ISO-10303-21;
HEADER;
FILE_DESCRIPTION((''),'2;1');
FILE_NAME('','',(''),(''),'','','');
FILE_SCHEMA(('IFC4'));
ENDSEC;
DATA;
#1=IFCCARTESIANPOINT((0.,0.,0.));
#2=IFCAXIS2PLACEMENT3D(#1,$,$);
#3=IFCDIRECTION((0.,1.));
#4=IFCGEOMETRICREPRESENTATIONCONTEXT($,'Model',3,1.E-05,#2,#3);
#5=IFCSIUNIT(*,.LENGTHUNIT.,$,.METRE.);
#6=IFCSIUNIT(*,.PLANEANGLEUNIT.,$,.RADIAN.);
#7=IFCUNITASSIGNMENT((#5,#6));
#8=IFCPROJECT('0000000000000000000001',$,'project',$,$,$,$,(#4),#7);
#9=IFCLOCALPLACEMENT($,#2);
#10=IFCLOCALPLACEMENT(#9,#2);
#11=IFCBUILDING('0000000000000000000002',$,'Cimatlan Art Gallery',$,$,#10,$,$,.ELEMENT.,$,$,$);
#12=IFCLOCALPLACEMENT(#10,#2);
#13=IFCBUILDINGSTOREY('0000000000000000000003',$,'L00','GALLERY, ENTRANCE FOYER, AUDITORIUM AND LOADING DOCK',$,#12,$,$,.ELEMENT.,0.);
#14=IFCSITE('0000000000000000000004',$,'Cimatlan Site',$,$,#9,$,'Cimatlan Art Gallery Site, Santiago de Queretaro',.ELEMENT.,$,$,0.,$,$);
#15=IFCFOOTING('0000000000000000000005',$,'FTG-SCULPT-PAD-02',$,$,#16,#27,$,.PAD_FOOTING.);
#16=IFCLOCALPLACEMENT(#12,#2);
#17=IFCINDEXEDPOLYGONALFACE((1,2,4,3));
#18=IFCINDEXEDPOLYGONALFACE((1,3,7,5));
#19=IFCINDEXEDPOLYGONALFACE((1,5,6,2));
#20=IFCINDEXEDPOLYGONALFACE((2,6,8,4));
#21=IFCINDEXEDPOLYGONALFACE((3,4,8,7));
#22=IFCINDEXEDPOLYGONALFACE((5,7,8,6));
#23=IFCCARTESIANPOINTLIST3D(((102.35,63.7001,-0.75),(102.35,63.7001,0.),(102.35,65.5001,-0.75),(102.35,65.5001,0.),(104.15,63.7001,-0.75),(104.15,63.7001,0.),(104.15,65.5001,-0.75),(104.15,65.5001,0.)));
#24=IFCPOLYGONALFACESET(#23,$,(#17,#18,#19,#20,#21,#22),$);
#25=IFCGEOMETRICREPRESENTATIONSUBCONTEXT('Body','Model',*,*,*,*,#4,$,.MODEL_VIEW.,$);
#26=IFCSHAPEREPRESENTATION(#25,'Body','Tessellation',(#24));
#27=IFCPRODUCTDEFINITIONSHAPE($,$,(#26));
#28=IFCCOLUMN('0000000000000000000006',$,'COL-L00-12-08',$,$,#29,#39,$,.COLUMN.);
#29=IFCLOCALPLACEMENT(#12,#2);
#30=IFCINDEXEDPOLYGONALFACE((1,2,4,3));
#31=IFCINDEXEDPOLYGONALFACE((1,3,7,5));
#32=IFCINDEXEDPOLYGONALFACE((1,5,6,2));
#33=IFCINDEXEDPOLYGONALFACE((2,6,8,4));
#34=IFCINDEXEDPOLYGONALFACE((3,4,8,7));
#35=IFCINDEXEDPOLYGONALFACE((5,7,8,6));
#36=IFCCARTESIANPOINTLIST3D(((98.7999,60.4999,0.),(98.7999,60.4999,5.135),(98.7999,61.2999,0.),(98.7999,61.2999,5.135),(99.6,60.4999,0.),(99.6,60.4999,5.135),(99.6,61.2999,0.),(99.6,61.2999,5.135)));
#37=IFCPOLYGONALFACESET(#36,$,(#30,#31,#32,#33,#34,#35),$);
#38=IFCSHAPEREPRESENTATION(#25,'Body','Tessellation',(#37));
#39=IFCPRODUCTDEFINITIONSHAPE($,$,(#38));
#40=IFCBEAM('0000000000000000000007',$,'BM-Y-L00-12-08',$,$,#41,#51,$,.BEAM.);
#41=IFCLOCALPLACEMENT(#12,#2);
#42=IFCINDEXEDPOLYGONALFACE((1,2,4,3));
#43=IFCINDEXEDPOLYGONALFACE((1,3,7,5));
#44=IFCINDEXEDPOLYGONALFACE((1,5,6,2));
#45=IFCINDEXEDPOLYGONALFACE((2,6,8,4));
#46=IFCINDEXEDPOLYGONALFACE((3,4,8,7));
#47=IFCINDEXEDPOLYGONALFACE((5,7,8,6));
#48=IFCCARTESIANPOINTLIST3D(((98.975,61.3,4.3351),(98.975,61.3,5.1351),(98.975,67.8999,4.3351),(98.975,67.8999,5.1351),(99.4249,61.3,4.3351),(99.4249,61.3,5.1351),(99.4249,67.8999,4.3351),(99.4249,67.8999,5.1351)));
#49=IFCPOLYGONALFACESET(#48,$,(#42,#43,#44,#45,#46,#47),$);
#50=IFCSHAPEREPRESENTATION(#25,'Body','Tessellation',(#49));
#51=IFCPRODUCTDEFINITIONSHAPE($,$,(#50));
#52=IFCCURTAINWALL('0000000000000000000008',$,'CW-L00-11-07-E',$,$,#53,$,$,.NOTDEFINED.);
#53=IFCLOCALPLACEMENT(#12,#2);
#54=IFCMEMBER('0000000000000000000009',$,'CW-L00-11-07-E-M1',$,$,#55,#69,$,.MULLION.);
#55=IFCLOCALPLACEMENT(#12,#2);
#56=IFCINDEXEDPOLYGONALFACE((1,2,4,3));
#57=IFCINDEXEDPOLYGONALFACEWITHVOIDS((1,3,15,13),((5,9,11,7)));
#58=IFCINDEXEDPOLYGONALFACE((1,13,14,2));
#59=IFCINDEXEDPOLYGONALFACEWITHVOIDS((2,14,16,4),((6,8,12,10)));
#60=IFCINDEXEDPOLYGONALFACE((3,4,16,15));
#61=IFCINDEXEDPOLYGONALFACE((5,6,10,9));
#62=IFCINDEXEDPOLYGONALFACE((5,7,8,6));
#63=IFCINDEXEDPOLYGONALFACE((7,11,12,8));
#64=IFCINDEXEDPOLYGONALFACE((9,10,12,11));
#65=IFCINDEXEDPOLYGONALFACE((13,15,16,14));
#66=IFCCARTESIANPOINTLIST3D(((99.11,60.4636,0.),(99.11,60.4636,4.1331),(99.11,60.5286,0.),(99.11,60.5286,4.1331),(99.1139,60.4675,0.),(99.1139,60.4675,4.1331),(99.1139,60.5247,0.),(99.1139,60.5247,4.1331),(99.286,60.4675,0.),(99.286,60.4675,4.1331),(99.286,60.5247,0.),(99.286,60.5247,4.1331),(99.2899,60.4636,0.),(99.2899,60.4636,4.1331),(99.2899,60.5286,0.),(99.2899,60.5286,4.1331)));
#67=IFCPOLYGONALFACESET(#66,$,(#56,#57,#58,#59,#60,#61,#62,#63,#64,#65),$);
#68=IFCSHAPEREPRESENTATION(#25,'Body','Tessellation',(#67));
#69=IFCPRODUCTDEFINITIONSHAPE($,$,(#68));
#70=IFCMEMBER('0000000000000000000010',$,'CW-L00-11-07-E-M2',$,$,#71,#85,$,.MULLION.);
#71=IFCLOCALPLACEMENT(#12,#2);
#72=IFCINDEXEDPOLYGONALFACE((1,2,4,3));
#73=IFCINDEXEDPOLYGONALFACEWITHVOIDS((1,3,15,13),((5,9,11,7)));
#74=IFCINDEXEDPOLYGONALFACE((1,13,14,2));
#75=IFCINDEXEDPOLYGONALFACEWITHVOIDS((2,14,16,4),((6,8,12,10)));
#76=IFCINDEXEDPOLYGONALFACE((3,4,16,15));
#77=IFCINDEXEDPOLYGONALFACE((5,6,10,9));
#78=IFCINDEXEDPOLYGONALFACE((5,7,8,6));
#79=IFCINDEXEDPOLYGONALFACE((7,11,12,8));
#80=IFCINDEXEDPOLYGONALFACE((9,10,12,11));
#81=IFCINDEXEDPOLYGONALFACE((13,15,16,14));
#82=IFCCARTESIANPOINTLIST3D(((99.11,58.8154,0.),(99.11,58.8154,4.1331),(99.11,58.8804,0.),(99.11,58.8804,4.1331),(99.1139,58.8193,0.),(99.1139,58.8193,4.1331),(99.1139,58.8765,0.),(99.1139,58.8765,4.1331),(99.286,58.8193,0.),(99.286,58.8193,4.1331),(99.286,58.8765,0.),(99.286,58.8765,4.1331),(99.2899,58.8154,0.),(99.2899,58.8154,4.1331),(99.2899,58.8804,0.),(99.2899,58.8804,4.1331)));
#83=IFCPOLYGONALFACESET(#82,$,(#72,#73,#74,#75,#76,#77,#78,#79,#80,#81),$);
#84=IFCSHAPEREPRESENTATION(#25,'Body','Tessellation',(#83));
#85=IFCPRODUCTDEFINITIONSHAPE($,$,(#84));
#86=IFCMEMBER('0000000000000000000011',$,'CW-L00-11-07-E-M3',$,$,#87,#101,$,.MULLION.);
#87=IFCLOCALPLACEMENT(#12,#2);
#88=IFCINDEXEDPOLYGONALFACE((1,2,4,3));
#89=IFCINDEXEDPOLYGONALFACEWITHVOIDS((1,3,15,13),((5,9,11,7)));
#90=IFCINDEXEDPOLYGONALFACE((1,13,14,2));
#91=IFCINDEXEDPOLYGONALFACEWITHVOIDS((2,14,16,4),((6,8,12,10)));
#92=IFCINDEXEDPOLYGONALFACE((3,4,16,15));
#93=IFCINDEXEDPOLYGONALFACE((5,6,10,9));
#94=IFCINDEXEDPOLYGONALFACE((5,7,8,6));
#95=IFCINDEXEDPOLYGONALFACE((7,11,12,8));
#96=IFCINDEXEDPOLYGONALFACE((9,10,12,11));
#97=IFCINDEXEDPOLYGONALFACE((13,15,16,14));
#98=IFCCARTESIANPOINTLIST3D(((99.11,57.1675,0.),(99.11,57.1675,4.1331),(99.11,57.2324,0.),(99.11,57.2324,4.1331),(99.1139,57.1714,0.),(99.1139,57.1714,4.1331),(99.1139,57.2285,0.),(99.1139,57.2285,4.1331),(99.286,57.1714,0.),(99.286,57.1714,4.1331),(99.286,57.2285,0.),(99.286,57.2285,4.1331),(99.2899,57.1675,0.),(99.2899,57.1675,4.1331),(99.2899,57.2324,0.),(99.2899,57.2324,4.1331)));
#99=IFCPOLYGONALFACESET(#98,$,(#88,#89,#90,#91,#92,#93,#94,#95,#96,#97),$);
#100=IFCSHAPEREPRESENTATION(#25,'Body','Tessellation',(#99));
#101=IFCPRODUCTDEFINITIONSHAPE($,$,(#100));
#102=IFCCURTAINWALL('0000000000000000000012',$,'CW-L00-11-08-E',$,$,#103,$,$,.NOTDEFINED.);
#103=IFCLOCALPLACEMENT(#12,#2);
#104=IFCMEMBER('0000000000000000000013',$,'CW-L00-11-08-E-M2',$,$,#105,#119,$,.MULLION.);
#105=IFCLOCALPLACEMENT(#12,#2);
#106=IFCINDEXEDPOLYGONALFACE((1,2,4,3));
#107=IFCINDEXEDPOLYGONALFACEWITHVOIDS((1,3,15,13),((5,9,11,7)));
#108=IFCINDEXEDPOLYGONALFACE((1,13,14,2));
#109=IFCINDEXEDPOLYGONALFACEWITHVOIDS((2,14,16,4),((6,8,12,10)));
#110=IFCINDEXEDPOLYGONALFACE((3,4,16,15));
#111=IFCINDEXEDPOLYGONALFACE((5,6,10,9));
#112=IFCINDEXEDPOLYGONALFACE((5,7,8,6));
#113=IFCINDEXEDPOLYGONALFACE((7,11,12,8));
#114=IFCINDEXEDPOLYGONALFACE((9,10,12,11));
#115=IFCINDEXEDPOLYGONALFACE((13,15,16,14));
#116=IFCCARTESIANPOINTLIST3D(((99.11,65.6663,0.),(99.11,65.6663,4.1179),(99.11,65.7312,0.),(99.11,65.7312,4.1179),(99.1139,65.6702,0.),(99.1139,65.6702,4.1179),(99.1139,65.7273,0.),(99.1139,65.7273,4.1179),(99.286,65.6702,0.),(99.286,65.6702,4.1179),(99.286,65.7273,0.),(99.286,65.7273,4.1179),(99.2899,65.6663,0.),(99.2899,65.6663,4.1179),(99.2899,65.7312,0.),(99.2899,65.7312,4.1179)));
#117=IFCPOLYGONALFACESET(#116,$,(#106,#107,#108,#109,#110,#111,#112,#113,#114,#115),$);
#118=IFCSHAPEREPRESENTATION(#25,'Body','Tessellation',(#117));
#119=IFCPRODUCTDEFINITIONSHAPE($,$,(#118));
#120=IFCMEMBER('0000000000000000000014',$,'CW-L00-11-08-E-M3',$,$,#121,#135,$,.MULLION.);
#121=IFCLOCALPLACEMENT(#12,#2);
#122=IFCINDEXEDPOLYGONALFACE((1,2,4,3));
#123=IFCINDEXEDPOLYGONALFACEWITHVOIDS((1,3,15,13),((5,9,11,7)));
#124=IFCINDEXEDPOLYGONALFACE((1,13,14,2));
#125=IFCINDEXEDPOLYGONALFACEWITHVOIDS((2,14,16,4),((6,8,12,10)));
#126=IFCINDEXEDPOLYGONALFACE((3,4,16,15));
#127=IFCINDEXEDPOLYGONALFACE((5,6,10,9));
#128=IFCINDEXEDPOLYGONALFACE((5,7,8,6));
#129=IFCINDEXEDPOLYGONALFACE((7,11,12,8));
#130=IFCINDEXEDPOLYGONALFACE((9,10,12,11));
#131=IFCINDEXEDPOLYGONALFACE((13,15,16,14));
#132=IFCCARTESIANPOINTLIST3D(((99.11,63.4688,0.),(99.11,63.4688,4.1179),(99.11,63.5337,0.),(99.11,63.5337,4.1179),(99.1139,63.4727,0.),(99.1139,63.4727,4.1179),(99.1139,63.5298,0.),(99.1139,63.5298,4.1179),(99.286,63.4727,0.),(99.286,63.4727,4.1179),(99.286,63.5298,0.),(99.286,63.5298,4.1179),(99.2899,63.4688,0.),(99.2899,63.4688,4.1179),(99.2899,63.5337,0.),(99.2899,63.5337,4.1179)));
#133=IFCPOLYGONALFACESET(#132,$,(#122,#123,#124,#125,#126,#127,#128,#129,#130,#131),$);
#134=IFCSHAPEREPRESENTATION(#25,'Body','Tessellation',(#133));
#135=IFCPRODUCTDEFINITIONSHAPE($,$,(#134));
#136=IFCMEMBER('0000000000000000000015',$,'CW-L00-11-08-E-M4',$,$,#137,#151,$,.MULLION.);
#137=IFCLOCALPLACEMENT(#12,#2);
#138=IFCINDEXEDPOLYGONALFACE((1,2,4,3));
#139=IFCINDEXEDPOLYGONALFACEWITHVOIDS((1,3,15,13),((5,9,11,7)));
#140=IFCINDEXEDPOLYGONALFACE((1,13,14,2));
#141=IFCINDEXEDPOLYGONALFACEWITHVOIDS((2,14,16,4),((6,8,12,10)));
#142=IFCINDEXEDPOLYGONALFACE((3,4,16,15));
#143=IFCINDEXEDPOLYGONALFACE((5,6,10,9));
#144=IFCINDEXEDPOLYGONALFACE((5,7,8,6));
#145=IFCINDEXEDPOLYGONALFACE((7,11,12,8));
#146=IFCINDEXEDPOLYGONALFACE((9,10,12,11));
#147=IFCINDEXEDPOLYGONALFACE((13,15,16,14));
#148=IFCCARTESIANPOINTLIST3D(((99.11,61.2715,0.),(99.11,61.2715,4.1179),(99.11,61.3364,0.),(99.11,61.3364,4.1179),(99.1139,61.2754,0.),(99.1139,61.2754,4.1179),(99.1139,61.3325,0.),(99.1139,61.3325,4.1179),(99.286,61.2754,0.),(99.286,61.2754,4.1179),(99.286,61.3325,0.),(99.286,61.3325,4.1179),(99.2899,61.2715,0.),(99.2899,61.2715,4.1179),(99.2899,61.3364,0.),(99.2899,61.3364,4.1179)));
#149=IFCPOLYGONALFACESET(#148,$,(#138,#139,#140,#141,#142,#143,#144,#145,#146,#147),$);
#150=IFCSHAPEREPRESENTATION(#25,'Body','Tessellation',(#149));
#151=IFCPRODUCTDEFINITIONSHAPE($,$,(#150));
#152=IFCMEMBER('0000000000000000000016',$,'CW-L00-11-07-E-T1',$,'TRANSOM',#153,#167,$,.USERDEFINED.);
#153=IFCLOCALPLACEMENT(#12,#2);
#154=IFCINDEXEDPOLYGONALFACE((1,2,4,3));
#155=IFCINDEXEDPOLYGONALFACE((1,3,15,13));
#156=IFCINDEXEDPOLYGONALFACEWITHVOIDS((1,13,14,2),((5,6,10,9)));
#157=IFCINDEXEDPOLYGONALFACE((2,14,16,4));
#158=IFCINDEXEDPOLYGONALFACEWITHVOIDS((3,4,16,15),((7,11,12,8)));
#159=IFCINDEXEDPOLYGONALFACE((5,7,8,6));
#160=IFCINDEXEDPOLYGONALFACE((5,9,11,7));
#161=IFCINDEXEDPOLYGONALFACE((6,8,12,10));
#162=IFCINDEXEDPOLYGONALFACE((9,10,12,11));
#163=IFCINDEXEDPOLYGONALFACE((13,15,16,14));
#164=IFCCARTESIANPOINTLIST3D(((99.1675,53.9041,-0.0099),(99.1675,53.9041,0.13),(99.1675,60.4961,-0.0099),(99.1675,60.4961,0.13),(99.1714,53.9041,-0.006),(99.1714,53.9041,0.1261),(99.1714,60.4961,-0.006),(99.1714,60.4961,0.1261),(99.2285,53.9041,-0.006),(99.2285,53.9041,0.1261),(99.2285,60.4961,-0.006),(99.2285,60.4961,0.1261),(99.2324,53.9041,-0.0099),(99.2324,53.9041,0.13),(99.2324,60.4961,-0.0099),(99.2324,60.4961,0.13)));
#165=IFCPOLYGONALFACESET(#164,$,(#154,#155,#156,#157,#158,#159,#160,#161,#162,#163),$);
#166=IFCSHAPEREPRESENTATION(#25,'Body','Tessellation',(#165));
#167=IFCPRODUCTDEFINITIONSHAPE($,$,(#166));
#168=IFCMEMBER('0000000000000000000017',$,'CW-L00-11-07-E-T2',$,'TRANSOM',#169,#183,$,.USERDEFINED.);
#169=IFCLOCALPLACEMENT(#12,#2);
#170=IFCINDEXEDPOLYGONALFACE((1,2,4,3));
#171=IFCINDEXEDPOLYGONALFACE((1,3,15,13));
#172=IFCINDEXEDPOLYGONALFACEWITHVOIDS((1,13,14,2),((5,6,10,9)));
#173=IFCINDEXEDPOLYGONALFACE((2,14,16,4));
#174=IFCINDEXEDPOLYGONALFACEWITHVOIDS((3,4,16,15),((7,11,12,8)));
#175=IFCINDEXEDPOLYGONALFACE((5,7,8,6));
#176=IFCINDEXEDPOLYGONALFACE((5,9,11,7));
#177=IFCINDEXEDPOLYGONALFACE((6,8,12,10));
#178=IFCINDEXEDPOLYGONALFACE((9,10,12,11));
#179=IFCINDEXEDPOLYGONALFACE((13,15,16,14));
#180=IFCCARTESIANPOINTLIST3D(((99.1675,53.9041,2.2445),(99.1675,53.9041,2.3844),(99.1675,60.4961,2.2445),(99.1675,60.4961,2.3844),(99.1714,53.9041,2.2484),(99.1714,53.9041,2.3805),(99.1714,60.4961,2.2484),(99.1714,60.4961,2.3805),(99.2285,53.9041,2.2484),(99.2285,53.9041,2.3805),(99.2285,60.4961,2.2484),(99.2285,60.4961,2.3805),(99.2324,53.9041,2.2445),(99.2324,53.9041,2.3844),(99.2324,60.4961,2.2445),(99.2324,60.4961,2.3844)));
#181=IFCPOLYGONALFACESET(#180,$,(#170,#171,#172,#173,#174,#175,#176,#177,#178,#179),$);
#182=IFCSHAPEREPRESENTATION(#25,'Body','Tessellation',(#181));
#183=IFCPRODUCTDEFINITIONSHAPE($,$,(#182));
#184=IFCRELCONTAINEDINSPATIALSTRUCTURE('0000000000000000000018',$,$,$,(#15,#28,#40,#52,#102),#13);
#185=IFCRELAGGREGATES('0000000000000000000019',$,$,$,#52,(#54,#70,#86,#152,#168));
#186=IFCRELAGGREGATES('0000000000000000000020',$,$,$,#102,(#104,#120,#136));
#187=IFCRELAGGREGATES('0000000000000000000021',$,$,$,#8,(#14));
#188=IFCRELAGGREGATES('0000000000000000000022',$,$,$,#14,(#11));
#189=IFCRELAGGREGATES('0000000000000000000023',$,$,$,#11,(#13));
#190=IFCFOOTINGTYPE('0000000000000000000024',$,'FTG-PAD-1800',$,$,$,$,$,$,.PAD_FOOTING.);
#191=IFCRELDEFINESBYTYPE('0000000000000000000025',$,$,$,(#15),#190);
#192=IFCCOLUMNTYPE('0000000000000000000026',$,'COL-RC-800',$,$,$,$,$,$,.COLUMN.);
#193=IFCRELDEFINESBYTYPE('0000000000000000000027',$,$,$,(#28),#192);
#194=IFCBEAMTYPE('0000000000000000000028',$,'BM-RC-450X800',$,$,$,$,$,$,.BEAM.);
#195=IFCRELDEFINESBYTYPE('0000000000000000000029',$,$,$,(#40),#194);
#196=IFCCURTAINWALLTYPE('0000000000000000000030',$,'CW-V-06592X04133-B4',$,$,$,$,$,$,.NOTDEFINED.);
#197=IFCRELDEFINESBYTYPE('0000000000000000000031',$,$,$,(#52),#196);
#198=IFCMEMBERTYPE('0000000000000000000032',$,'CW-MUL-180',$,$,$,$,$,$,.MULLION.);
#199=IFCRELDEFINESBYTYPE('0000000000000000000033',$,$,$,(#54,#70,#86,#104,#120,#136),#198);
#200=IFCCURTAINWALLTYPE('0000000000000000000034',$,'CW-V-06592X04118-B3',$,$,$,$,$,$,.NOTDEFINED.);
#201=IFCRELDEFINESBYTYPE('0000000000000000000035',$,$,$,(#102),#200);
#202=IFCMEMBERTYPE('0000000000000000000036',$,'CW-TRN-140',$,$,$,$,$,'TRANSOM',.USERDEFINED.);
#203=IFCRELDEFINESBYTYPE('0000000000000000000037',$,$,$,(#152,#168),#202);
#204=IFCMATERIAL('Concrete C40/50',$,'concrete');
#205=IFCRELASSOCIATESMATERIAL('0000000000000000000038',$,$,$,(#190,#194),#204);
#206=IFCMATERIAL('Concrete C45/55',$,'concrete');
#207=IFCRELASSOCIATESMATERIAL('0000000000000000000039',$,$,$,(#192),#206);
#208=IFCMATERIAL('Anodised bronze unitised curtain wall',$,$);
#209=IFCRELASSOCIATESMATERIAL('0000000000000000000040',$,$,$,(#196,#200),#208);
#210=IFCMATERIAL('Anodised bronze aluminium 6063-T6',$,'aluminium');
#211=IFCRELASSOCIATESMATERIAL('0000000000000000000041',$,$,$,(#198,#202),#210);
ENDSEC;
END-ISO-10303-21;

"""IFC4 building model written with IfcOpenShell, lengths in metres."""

from ifc_helpers import new_model, si_unit, direction, frame, origin, origin_2d, place, context, subcontext, project, spatial, rectangle, hollow_rectangle, extrude, material, material_profile, profile_set, type_object, element, aggregate, save


model = new_model("IFC4")

# Units and contexts
model_context = context("Model", 3, precision=1e-05, world=origin(), true_north=direction((0.0, 1.0)))
body_context = subcontext(model_context, "Body", "Model", "MODEL_VIEW")
ifc_project = project(units=[si_unit("LENGTHUNIT", "METRE"), si_unit("PLANEANGLEUNIT", "RADIAN")], contexts=[model_context])

# Site, building, storey
site_placement = place(None, origin())
site = spatial("IfcSite", under=ifc_project, at=site_placement, Name="Cimatlan Site", LongName="Cimatlan Art Gallery Site, Santiago de Queretaro", CompositionType="ELEMENT", RefElevation=0.0)
building_placement = place(site_placement, origin())
building = spatial("IfcBuilding", under=site, at=building_placement, Name="Cimatlan Art Gallery", CompositionType="ELEMENT")
storey_placement = place(building_placement, origin())
storey = spatial("IfcBuildingStorey", under=building, at=storey_placement, Name="L00", Description="GALLERY, ENTRANCE FOYER, AUDITORIUM AND LOADING DOCK", CompositionType="ELEMENT", Elevation=0.0)

# Footing
ifc_material_1 = material(Name="Concrete C40/50", Category="concrete")
footing_type = type_object("IfcFootingType", Name="FTG-PAD-1800", PredefinedType="PAD_FOOTING", material=ifc_material_1)
footing_placement = place(storey_placement, frame((103.25, 64.6001, -0.75), z_axis=(0.0, 0.0, 1.0), x_axis=(1.0, 0.0, 0.0)))
element("IfcFooting", 1, at=footing_placement, inside=storey, type_object=footing_type, Name="FTG-SCULPT-PAD-02", PredefinedType="PAD_FOOTING", context=body_context, shape_type="SweptSolid", body=[
    extrude(rectangle(XDim=1.8, YDim=1.8, at=origin_2d()), origin(), (0.0, 0.0, 1.0), 0.75),
])

# Column
ifc_material_2 = material(Name="Concrete C45/55", Category="concrete")
ifc_material_profile_1 = material_profile(ifc_material_2, rectangle(XDim=0.8, YDim=0.8, at=origin_2d()), Name="RC800X800")
ifc_profile_set_1 = profile_set([ifc_material_profile_1], Name="Concrete C45/55")
column_type = type_object("IfcColumnType", Name="COL-RC-800", PredefinedType="COLUMN", material=ifc_profile_set_1)
column_placement = place(storey_placement, frame((99.2, 60.8999, 0.0), z_axis=(0.0, 0.0, 1.0), x_axis=(1.0, 0.0, 0.0)))
element("IfcColumn", 2, at=column_placement, inside=storey, type_object=column_type, Name="COL-L00-12-08", PredefinedType="COLUMN", context=body_context, shape_type="SweptSolid", body=[
    extrude(rectangle(XDim=0.8, YDim=0.8, at=origin_2d()), origin(), (0.0, 0.0, 1.0), 5.135),
])

# Beam
ifc_material_profile_2 = material_profile(ifc_material_1, rectangle(XDim=0.45, YDim=0.8, at=origin_2d()), Name="RC450X800")
ifc_profile_set_2 = profile_set([ifc_material_profile_2], Name="Concrete C40/50")
beam_type = type_object("IfcBeamType", Name="BM-RC-450X800", PredefinedType="BEAM", material=ifc_profile_set_2)
beam_placement = place(storey_placement, frame((99.2, 61.3, 4.7351), z_axis=(0.0, 1.0, 0.0), x_axis=(-1.0, 0.0, 0.0)))
element("IfcBeam", 3, at=beam_placement, inside=storey, type_object=beam_type, Name="BM-Y-L00-12-08", PredefinedType="BEAM", context=body_context, shape_type="SweptSolid", body=[
    extrude(rectangle(XDim=0.45, YDim=0.8, at=origin_2d()), origin(), (0.0, 0.0, 1.0), 6.5999),
])

# Curtain walls, members
ifc_material_3 = material(Name="Anodised bronze unitised curtain wall")
curtain_wall_type_1 = type_object("IfcCurtainWallType", Name="CW-V-06592X04133-B4", PredefinedType="NOTDEFINED", material=ifc_material_3)
curtain_wall_1_placement = place(storey_placement, origin())
curtain_wall_1 = element("IfcCurtainWall", 4, at=curtain_wall_1_placement, inside=storey, type_object=curtain_wall_type_1, Name="CW-L00-11-07-E", PredefinedType="NOTDEFINED")
ifc_material_4 = material(Name="Anodised bronze aluminium 6063-T6", Category="aluminium")
ifc_material_profile_3 = material_profile(ifc_material_4, hollow_rectangle(XDim=0.0649, YDim=0.1799, WallThickness=0.0039, at=origin_2d()), Name="ALU65X180X4")
ifc_profile_set_3 = profile_set([ifc_material_profile_3], Name="Anodised bronze aluminium 6063-T6")
member_type_1 = type_object("IfcMemberType", Name="CW-MUL-180", PredefinedType="MULLION", material=ifc_profile_set_3)
member_1_placement = place(storey_placement, frame((99.2, 60.4961, 0.0), z_axis=(0.0, 0.0, 1.0), x_axis=(0.0, 1.0, 0.0)))
member_1 = element("IfcMember", 5, at=member_1_placement, type_object=member_type_1, Name="CW-L00-11-07-E-M1", PredefinedType="MULLION", context=body_context, shape_type="SweptSolid", body=[
    extrude(hollow_rectangle(XDim=0.0649, YDim=0.1799, WallThickness=0.0039, at=origin_2d()), origin(), (0.0, 0.0, 1.0), 4.1331),
])
member_2_placement = place(storey_placement, frame((99.2, 58.8479, 0.0), z_axis=(0.0, 0.0, 1.0), x_axis=(0.0, 1.0, 0.0)))
member_2 = element("IfcMember", 6, at=member_2_placement, type_object=member_type_1, Name="CW-L00-11-07-E-M2", PredefinedType="MULLION", context=body_context, shape_type="SweptSolid", body=[
    extrude(hollow_rectangle(XDim=0.0649, YDim=0.1799, WallThickness=0.0039, at=origin_2d()), origin(), (0.0, 0.0, 1.0), 4.1331),
])
member_3_placement = place(storey_placement, frame((99.2, 57.2, 0.0), z_axis=(0.0, 0.0, 1.0), x_axis=(0.0, 1.0, 0.0)))
member_3 = element("IfcMember", 7, at=member_3_placement, type_object=member_type_1, Name="CW-L00-11-07-E-M3", PredefinedType="MULLION", context=body_context, shape_type="SweptSolid", body=[
    extrude(hollow_rectangle(XDim=0.0649, YDim=0.1799, WallThickness=0.0039, at=origin_2d()), origin(), (0.0, 0.0, 1.0), 4.1331),
])
curtain_wall_type_2 = type_object("IfcCurtainWallType", Name="CW-V-06592X04118-B3", PredefinedType="NOTDEFINED", material=ifc_material_3)
curtain_wall_2_placement = place(storey_placement, origin())
curtain_wall_2 = element("IfcCurtainWall", 8, at=curtain_wall_2_placement, inside=storey, type_object=curtain_wall_type_2, Name="CW-L00-11-08-E", PredefinedType="NOTDEFINED")
member_4_placement = place(storey_placement, frame((99.2, 65.6987, 0.0), z_axis=(0.0, 0.0, 1.0), x_axis=(0.0, 1.0, 0.0)))
member_4 = element("IfcMember", 9, at=member_4_placement, type_object=member_type_1, Name="CW-L00-11-08-E-M2", PredefinedType="MULLION", context=body_context, shape_type="SweptSolid", body=[
    extrude(hollow_rectangle(XDim=0.0649, YDim=0.1799, WallThickness=0.0039, at=origin_2d()), origin(), (0.0, 0.0, 1.0), 4.1179),
])
member_5_placement = place(storey_placement, frame((99.2, 63.5012, 0.0), z_axis=(0.0, 0.0, 1.0), x_axis=(0.0, 1.0, 0.0)))
member_5 = element("IfcMember", 10, at=member_5_placement, type_object=member_type_1, Name="CW-L00-11-08-E-M3", PredefinedType="MULLION", context=body_context, shape_type="SweptSolid", body=[
    extrude(hollow_rectangle(XDim=0.0649, YDim=0.1799, WallThickness=0.0039, at=origin_2d()), origin(), (0.0, 0.0, 1.0), 4.1179),
])
member_6_placement = place(storey_placement, frame((99.2, 61.304, 0.0), z_axis=(0.0, 0.0, 1.0), x_axis=(0.0, 1.0, 0.0)))
member_6 = element("IfcMember", 11, at=member_6_placement, type_object=member_type_1, Name="CW-L00-11-08-E-M4", PredefinedType="MULLION", context=body_context, shape_type="SweptSolid", body=[
    extrude(hollow_rectangle(XDim=0.0649, YDim=0.1799, WallThickness=0.0039, at=origin_2d()), origin(), (0.0, 0.0, 1.0), 4.1179),
])

# Members
ifc_material_profile_4 = material_profile(ifc_material_4, hollow_rectangle(XDim=0.0649, YDim=0.1399, WallThickness=0.0039, at=origin_2d()), Name="ALU65X140X4")
ifc_profile_set_4 = profile_set([ifc_material_profile_4], Name="Anodised bronze aluminium 6063-T6")
member_type_2 = type_object("IfcMemberType", Name="CW-TRN-140", ElementType="TRANSOM", PredefinedType="USERDEFINED", material=ifc_profile_set_4)
member_7_placement = place(storey_placement, frame((99.2, 60.4961, 0.0601), z_axis=(0.0, -1.0, 0.0), x_axis=(1.0, 0.0, 0.0)))
member_7 = element("IfcMember", 12, at=member_7_placement, type_object=member_type_2, Name="CW-L00-11-07-E-T1", ObjectType="TRANSOM", PredefinedType="USERDEFINED", context=body_context, shape_type="SweptSolid", body=[
    extrude(hollow_rectangle(XDim=0.0649, YDim=0.1399, WallThickness=0.0039, at=origin_2d()), origin(), (0.0, 0.0, 1.0), 6.592),
])
member_8_placement = place(storey_placement, frame((99.2, 60.4961, 2.3145), z_axis=(0.0, -1.0, 0.0), x_axis=(1.0, 0.0, 0.0)))
member_8 = element("IfcMember", 13, at=member_8_placement, type_object=member_type_2, Name="CW-L00-11-07-E-T2", ObjectType="TRANSOM", PredefinedType="USERDEFINED", context=body_context, shape_type="SweptSolid", body=[
    extrude(hollow_rectangle(XDim=0.0649, YDim=0.1399, WallThickness=0.0039, at=origin_2d()), origin(), (0.0, 0.0, 1.0), 6.592),
])

aggregate(curtain_wall_1, [member_1, member_2, member_3, member_7, member_8])
aggregate(curtain_wall_2, [member_4, member_5, member_6])

save(model, "model.ifc")
